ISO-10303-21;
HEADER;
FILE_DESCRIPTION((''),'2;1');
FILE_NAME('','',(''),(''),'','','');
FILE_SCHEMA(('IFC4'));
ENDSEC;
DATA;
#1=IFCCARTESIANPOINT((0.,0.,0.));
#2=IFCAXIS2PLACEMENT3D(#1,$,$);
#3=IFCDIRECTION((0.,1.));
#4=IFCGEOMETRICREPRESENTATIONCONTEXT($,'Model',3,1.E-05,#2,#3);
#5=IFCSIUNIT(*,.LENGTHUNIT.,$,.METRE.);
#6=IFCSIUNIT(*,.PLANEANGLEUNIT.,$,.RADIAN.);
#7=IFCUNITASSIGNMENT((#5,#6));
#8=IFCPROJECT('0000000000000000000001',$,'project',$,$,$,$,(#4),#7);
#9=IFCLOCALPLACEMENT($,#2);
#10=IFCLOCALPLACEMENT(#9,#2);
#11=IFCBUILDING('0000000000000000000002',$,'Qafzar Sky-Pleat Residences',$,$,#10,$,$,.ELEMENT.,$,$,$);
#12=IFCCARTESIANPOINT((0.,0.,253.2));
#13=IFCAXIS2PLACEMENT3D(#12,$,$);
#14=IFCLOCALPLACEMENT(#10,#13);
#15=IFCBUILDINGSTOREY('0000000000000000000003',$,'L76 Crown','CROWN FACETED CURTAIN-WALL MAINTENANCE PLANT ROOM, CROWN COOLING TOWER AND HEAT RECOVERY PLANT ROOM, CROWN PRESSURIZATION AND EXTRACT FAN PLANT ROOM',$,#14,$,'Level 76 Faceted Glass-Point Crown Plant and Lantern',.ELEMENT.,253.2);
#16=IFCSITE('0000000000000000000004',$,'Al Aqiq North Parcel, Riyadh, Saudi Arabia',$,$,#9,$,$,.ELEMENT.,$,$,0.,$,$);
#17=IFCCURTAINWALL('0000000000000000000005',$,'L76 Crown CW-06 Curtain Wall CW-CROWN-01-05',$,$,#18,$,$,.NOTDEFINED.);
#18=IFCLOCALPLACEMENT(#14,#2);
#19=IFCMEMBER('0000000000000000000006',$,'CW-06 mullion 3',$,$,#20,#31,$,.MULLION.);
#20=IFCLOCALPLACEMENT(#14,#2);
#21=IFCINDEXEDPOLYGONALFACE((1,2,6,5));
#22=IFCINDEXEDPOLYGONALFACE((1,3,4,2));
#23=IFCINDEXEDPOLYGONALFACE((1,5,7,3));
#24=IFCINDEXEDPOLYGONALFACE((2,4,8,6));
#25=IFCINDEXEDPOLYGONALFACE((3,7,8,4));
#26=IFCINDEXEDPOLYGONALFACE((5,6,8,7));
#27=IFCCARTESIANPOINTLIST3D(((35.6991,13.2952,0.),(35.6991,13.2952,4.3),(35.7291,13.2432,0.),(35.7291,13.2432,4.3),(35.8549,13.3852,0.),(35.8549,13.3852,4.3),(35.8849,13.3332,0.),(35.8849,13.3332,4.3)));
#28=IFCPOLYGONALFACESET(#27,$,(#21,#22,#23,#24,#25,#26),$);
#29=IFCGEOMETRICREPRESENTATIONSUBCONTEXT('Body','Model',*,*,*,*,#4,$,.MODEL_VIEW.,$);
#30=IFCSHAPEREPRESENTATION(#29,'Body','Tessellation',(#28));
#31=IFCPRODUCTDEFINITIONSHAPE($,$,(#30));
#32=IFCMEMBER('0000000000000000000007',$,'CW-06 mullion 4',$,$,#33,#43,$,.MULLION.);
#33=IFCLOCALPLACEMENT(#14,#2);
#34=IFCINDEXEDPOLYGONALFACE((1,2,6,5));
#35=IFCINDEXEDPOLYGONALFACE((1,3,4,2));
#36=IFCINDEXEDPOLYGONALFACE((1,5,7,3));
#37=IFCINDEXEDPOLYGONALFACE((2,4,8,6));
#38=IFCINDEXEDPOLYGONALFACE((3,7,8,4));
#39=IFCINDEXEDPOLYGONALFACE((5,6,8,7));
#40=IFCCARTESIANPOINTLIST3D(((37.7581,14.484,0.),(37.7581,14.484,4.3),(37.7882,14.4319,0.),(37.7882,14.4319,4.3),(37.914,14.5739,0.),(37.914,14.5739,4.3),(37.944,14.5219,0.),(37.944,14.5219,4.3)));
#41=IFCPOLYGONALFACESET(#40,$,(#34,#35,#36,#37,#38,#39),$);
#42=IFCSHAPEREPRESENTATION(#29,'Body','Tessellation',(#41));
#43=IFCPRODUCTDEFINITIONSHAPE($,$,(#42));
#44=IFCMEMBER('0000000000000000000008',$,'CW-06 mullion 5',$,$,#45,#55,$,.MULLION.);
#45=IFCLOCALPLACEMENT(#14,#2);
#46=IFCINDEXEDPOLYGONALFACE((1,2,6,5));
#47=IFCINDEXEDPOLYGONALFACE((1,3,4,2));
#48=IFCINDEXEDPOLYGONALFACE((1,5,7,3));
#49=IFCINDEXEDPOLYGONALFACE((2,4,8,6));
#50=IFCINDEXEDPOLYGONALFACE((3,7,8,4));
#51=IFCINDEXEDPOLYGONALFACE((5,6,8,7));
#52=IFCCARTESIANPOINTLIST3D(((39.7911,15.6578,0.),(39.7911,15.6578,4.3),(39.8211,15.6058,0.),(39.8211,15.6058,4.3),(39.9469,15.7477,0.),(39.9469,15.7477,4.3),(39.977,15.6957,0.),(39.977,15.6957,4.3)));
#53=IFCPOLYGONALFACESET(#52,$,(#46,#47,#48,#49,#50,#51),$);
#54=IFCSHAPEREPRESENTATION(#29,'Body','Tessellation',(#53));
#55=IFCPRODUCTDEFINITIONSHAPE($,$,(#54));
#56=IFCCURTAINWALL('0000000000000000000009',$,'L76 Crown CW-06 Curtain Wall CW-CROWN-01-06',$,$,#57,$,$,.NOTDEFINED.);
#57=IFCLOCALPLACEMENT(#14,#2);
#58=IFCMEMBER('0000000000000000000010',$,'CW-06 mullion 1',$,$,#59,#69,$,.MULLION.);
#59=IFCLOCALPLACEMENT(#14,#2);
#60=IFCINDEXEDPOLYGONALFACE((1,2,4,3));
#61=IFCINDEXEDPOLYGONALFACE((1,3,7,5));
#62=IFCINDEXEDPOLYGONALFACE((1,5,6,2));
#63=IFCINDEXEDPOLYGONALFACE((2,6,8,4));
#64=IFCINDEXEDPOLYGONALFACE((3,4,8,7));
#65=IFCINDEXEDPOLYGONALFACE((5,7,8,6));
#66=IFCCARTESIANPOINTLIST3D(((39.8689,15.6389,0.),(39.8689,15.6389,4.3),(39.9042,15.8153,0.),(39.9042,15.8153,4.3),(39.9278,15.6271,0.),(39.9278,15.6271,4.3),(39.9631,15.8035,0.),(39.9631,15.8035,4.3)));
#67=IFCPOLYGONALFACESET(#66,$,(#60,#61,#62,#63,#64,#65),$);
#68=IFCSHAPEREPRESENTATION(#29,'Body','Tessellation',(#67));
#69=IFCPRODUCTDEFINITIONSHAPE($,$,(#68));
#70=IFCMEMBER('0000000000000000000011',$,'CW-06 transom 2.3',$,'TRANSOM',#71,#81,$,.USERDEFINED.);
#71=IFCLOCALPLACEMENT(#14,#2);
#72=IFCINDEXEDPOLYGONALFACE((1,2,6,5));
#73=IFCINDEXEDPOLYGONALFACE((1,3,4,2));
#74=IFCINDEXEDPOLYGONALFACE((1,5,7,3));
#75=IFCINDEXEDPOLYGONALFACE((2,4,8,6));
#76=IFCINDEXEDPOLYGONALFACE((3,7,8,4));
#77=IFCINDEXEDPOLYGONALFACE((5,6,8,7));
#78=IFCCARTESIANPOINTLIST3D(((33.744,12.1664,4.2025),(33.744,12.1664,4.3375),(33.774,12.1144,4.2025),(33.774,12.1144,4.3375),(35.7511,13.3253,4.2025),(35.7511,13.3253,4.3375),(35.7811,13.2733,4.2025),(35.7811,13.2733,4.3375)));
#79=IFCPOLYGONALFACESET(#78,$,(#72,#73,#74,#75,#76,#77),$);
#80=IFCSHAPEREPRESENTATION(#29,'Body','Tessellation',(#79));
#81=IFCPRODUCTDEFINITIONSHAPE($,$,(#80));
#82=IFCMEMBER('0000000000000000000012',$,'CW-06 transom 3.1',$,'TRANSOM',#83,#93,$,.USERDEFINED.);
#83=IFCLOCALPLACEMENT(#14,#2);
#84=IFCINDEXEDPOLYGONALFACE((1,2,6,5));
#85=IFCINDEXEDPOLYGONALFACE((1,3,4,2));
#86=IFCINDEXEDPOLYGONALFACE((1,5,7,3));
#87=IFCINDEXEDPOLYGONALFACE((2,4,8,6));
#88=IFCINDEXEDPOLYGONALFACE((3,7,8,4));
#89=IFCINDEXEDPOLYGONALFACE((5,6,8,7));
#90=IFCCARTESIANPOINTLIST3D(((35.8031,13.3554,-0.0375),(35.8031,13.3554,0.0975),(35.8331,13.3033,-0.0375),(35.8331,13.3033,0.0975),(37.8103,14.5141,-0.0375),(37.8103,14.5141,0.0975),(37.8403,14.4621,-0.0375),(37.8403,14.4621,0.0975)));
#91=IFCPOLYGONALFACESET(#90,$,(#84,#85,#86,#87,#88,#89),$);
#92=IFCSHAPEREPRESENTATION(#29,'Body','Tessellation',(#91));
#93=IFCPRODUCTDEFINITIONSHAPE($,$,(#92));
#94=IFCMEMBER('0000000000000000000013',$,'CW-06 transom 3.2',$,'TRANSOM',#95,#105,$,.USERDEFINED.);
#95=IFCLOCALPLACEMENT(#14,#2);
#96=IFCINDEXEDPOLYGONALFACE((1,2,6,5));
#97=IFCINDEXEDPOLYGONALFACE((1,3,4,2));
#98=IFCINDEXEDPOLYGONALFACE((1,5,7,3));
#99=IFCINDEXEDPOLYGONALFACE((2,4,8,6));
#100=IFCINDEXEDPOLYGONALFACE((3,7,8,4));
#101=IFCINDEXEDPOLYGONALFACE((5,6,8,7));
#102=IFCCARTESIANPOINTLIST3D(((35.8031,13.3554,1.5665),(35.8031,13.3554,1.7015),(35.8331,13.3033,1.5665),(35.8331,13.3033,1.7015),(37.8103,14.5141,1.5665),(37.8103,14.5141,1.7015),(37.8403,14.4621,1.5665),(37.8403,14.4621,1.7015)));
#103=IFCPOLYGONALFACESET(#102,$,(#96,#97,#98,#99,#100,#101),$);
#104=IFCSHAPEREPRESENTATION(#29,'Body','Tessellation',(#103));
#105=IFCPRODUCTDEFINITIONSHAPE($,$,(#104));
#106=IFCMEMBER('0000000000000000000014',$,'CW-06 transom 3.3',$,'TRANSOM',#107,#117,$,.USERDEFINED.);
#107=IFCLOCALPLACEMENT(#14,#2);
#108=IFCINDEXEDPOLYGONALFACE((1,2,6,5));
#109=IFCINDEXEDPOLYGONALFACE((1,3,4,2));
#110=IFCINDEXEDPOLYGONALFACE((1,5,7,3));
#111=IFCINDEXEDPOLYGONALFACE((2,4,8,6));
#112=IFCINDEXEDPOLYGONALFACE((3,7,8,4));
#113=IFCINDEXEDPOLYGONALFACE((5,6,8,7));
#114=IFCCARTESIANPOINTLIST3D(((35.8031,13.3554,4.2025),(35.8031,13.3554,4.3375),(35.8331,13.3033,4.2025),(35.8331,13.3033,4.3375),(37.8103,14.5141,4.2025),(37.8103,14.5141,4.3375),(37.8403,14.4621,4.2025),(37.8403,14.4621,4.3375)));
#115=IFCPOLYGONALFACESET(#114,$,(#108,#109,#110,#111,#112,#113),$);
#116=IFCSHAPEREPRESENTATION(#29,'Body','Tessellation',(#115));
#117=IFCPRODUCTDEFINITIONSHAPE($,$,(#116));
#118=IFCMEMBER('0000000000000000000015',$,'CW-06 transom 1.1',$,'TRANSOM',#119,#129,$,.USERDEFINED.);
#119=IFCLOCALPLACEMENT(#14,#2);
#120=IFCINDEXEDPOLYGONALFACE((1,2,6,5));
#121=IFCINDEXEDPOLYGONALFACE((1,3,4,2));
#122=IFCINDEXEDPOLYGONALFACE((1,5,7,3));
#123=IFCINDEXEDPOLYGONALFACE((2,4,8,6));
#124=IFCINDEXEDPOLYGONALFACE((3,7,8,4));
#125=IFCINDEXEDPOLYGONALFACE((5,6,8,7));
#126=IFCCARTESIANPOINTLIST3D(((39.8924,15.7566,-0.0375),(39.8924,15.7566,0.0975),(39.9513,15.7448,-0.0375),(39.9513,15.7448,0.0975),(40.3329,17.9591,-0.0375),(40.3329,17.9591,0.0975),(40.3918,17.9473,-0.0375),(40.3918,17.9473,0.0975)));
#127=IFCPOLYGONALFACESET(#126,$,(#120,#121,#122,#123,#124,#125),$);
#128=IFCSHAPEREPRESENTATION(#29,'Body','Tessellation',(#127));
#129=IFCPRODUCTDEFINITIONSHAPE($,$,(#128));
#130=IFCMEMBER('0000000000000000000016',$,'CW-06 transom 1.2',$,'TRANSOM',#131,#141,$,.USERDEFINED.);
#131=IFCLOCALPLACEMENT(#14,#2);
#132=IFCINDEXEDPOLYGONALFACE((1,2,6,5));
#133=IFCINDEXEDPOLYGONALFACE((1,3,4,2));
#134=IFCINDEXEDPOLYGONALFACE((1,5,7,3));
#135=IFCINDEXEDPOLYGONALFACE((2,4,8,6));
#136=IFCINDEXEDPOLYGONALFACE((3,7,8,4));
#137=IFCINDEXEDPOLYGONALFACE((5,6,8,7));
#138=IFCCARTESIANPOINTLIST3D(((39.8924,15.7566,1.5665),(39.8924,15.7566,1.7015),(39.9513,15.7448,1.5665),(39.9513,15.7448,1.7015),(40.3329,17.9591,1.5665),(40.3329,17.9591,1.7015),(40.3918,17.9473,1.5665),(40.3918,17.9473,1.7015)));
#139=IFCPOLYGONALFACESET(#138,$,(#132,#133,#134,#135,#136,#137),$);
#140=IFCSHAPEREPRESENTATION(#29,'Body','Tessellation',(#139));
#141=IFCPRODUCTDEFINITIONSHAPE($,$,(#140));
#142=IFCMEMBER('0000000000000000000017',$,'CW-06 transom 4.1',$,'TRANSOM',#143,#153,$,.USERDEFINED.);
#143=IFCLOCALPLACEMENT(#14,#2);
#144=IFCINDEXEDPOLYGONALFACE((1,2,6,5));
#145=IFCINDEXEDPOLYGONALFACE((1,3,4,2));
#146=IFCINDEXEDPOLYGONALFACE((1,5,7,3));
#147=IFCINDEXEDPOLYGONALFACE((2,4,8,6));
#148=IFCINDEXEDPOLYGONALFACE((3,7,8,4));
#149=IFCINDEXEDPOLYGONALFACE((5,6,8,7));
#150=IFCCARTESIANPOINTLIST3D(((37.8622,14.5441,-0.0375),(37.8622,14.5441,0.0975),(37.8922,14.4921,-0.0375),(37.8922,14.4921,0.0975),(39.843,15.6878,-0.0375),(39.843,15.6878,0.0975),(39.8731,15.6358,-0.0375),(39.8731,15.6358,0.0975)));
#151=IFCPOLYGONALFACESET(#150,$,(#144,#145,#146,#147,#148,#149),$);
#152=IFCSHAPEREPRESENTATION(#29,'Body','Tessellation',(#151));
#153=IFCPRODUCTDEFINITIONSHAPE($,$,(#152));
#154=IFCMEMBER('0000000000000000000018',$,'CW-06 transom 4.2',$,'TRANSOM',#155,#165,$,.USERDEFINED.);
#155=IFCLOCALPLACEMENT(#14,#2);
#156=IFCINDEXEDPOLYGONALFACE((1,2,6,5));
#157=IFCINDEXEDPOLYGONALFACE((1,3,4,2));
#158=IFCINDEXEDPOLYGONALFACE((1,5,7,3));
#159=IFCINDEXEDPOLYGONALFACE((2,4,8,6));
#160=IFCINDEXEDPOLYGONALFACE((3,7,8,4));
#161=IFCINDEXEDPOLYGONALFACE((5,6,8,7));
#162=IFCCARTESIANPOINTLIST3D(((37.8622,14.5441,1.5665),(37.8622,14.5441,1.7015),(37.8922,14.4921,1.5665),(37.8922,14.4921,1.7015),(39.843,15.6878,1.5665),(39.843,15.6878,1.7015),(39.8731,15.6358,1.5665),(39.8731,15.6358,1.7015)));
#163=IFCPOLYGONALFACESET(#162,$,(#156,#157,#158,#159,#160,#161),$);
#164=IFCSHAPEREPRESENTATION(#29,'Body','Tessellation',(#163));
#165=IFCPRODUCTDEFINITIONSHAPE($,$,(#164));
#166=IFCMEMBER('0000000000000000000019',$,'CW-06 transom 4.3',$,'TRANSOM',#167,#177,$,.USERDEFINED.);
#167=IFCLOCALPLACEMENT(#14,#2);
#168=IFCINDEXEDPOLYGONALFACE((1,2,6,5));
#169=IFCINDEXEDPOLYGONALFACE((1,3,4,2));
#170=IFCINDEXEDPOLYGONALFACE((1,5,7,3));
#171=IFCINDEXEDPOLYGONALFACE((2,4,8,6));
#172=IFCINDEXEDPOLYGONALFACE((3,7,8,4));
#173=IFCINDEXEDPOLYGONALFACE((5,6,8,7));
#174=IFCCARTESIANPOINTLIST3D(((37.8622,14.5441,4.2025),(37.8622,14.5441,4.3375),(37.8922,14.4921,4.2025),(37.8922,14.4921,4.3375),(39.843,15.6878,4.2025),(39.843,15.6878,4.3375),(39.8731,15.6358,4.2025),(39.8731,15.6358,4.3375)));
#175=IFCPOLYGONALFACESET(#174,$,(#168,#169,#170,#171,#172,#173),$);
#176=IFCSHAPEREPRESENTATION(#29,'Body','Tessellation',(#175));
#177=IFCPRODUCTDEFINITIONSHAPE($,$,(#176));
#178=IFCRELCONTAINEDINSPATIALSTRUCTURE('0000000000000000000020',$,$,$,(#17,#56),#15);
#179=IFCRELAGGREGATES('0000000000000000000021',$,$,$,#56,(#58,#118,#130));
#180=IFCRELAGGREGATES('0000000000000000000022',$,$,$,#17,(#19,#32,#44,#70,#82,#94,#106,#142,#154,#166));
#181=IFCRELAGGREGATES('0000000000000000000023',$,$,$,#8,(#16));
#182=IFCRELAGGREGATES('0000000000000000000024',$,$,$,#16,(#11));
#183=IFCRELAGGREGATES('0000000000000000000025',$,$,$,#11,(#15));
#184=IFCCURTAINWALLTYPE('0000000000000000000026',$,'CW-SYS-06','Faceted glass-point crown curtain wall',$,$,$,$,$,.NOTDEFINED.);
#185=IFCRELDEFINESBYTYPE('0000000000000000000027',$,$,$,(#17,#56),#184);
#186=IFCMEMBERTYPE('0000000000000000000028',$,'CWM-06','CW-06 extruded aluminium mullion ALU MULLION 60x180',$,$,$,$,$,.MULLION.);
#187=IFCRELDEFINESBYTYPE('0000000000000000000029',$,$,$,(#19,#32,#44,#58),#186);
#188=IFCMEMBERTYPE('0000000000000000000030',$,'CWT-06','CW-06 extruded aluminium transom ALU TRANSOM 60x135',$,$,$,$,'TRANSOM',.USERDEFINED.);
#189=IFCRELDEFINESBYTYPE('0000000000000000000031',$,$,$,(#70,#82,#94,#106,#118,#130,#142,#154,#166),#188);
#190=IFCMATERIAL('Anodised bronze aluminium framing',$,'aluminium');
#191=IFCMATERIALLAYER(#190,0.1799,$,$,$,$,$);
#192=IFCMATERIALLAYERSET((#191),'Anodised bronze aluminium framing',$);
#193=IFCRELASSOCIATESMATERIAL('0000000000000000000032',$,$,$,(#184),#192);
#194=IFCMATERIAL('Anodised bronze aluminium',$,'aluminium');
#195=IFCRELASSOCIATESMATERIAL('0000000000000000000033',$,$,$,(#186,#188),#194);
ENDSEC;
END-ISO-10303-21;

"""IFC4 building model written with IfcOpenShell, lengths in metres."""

from ifc_helpers import new_model, si_unit, direction, frame, origin, origin_2d, place, context, subcontext, project, spatial, rectangle, extrude, source, transform, mapped, material, layer, layer_set, material_profile, profile_set, type_object, element, aggregate, save


model = new_model("IFC4")

# Units and contexts
model_context = context("Model", 3, precision=1e-05, world=origin(), true_north=direction((0.0, 1.0)))
body_context = subcontext(model_context, "Body", "Model", "MODEL_VIEW")
ifc_project = project(units=[si_unit("LENGTHUNIT", "METRE"), si_unit("PLANEANGLEUNIT", "RADIAN")], contexts=[model_context])

# Site, building, storey
site_placement = place(None, origin())
site = spatial("IfcSite", under=ifc_project, at=site_placement, Name="Al Aqiq North Parcel, Riyadh, Saudi Arabia", CompositionType="ELEMENT", RefElevation=0.0)
building_placement = place(site_placement, origin())
building = spatial("IfcBuilding", under=site, at=building_placement, Name="Qafzar Sky-Pleat Residences", CompositionType="ELEMENT")
storey_placement = place(building_placement, frame((0.0, 0.0, 253.2)))
storey = spatial("IfcBuildingStorey", under=building, at=storey_placement, Name="L76 Crown", Description="CROWN FACETED CURTAIN-WALL MAINTENANCE PLANT ROOM, CROWN COOLING TOWER AND HEAT RECOVERY PLANT ROOM, CROWN PRESSURIZATION AND EXTRACT FAN PLANT ROOM", LongName="Level 76 Faceted Glass-Point Crown Plant and Lantern", CompositionType="ELEMENT", Elevation=253.2)

# Curtain wall, members
ifc_material_1 = material(Name="Anodised bronze aluminium framing", Category="aluminium")
ifc_layer_1 = layer(ifc_material_1, 0.1799)
ifc_layer_set_1 = layer_set([ifc_layer_1], Name="Anodised bronze aluminium framing")
curtain_wall_type = type_object("IfcCurtainWallType", Name="CW-SYS-06", Description="Faceted glass-point crown curtain wall", PredefinedType="NOTDEFINED", material=ifc_layer_set_1)
curtain_wall_1_placement = place(storey_placement, origin())
curtain_wall_1 = element("IfcCurtainWall", 1, at=curtain_wall_1_placement, inside=storey, type_object=curtain_wall_type, Name="L76 Crown CW-06 Curtain Wall CW-CROWN-01-05", PredefinedType="NOTDEFINED")
ifc_material_2 = material(Name="Anodised bronze aluminium", Category="aluminium")
ifc_material_profile_1 = material_profile(ifc_material_2, rectangle(XDim=0.0601, YDim=0.1799, at=origin_2d()), Name="ALU MULLION 60x180")
ifc_profile_set_1 = profile_set([ifc_material_profile_1], Name="Anodised bronze aluminium")
member_type_1 = type_object("IfcMemberType", Name="CWM-06", Description="CW-06 extruded aluminium mullion ALU MULLION 60x180", PredefinedType="MULLION", material=ifc_profile_set_1)
shared_shape_1 = source(origin(), body_context, "Body", "SweptSolid", [
    extrude(rectangle(XDim=0.0601, YDim=0.1799, at=origin_2d()), origin(), (0.0, 0.0, 1.0), 4.3),
])
member_1_placement = place(storey_placement, frame((35.792, 13.3142, 0.0), z_axis=(0.0, 0.0, 1.0), x_axis=(-0.500003, 0.866023, 0.0)))
member_1 = element("IfcMember", 2, at=member_1_placement, type_object=member_type_1, Name="CW-06 mullion 3", PredefinedType="MULLION", context=body_context, shape_type="MappedRepresentation", body=[
    mapped(shared_shape_1, transform((0.0, 0.0, 0.0), x_axis=(1.0, 0.0, 0.0), y_axis=(0.0, 1.0, 0.0), z_axis=(0.0, 0.0, 1.0), scale=1.0)),
])
member_2_placement = place(storey_placement, frame((37.8511, 14.5029, 0.0), z_axis=(0.0, 0.0, 1.0), x_axis=(-0.500003, 0.866023, 0.0)))
member_2 = element("IfcMember", 3, at=member_2_placement, type_object=member_type_1, Name="CW-06 mullion 4", PredefinedType="MULLION", context=body_context, shape_type="MappedRepresentation", body=[
    mapped(shared_shape_1, transform((0.0, 0.0, 0.0), x_axis=(1.0, 0.0, 0.0), y_axis=(0.0, 1.0, 0.0), z_axis=(0.0, 0.0, 1.0), scale=1.0)),
])
member_3_placement = place(storey_placement, frame((39.884, 15.6768, 0.0), z_axis=(0.0, 0.0, 1.0), x_axis=(-0.500003, 0.866023, 0.0)))
member_3 = element("IfcMember", 4, at=member_3_placement, type_object=member_type_1, Name="CW-06 mullion 5", PredefinedType="MULLION", context=body_context, shape_type="MappedRepresentation", body=[
    mapped(shared_shape_1, transform((0.0, 0.0, 0.0), x_axis=(1.0, 0.0, 0.0), y_axis=(0.0, 1.0, 0.0), z_axis=(0.0, 0.0, 1.0), scale=1.0)),
])

# Curtain wall, member
curtain_wall_2_placement = place(storey_placement, origin())
curtain_wall_2 = element("IfcCurtainWall", 5, at=curtain_wall_2_placement, inside=storey, type_object=curtain_wall_type, Name="L76 Crown CW-06 Curtain Wall CW-CROWN-01-06", PredefinedType="NOTDEFINED")
member_4_placement = place(storey_placement, frame((39.916, 15.7212, 0.0), z_axis=(0.0, 0.0, 1.0), x_axis=(-0.980581, 0.196113, 0.0)))
member_4 = element("IfcMember", 6, at=member_4_placement, type_object=member_type_1, Name="CW-06 mullion 1", PredefinedType="MULLION", context=body_context, shape_type="MappedRepresentation", body=[
    mapped(shared_shape_1, transform((0.0, 0.0, 0.0), x_axis=(1.0, 0.0, 0.0), y_axis=(0.0, 1.0, 0.0), z_axis=(0.0, 0.0, 1.0), scale=1.0)),
])

# Members
ifc_material_profile_2 = material_profile(ifc_material_2, rectangle(XDim=0.0601, YDim=0.135, at=origin_2d()), Name="ALU TRANSOM 60x135")
ifc_profile_set_2 = profile_set([ifc_material_profile_2], Name="Anodised bronze aluminium")
member_type_2 = type_object("IfcMemberType", Name="CWT-06", Description="CW-06 extruded aluminium transom ALU TRANSOM 60x135", ElementType="TRANSOM", PredefinedType="USERDEFINED", material=ifc_profile_set_2)
shared_shape_2 = source(origin(), body_context, "Body", "SweptSolid", [
    extrude(rectangle(XDim=0.0601, YDim=0.135, at=origin_2d()), origin(), (0.0, 0.0, 1.0), 2.3176),
])
member_5_placement = place(storey_placement, frame((33.759, 12.1404, 4.27), z_axis=(0.865998, 0.500048, 0.0), x_axis=(-0.500048, 0.865998, 0.0)))
member_5 = element("IfcMember", 7, at=member_5_placement, type_object=member_type_2, Name="CW-06 transom 2.3", ObjectType="TRANSOM", PredefinedType="USERDEFINED", context=body_context, shape_type="MappedRepresentation", body=[
    mapped(shared_shape_2, transform((0.0, 0.0, 0.0), x_axis=(1.0, 0.0, 0.0), y_axis=(0.0, 1.0, 0.0), z_axis=(0.0, 0.0, 1.0), scale=1.0)),
])
member_6_placement = place(storey_placement, frame((35.8181, 13.3293, 0.03), z_axis=(0.866043, 0.499969, 0.0), x_axis=(-0.499969, 0.866043, 0.0)))
member_6 = element("IfcMember", 8, at=member_6_placement, type_object=member_type_2, Name="CW-06 transom 3.1", ObjectType="TRANSOM", PredefinedType="USERDEFINED", context=body_context, shape_type="MappedRepresentation", body=[
    mapped(shared_shape_2, transform((0.0, 0.0, 0.0), x_axis=(1.0, 0.0, 0.0), y_axis=(0.0, 1.0, 0.0), z_axis=(0.0, 0.0, 1.0), scale=1.0)),
])
member_7_placement = place(storey_placement, frame((35.8181, 13.3293, 1.634), z_axis=(0.866043, 0.499969, 0.0), x_axis=(-0.499969, 0.866043, 0.0)))
member_7 = element("IfcMember", 9, at=member_7_placement, type_object=member_type_2, Name="CW-06 transom 3.2", ObjectType="TRANSOM", PredefinedType="USERDEFINED", context=body_context, shape_type="MappedRepresentation", body=[
    mapped(shared_shape_2, transform((0.0, 0.0, 0.0), x_axis=(1.0, 0.0, 0.0), y_axis=(0.0, 1.0, 0.0), z_axis=(0.0, 0.0, 1.0), scale=1.0)),
])
member_8_placement = place(storey_placement, frame((35.8181, 13.3293, 4.27), z_axis=(0.866043, 0.499969, 0.0), x_axis=(-0.499969, 0.866043, 0.0)))
member_8 = element("IfcMember", 10, at=member_8_placement, type_object=member_type_2, Name="CW-06 transom 3.3", ObjectType="TRANSOM", PredefinedType="USERDEFINED", context=body_context, shape_type="MappedRepresentation", body=[
    mapped(shared_shape_2, transform((0.0, 0.0, 0.0), x_axis=(1.0, 0.0, 0.0), y_axis=(0.0, 1.0, 0.0), z_axis=(0.0, 0.0, 1.0), scale=1.0)),
])
shared_shape_3 = source(origin(), body_context, "Body", "SweptSolid", [
    extrude(rectangle(XDim=0.0601, YDim=0.135, at=origin_2d()), origin(), (0.0, 0.0, 1.0), 2.2461),
])
member_9_placement = place(storey_placement, frame((39.9219, 15.7507, 0.03), z_axis=(0.196095, 0.980585, 0.0), x_axis=(-0.980585, 0.196095, 0.0)))
member_9 = element("IfcMember", 11, at=member_9_placement, type_object=member_type_2, Name="CW-06 transom 1.1", ObjectType="TRANSOM", PredefinedType="USERDEFINED", context=body_context, shape_type="MappedRepresentation", body=[
    mapped(shared_shape_3, transform((0.0, 0.0, 0.0), x_axis=(1.0, 0.0, 0.0), y_axis=(0.0, 1.0, 0.0), z_axis=(0.0, 0.0, 1.0), scale=1.0)),
])
member_10_placement = place(storey_placement, frame((39.9219, 15.7507, 1.634), z_axis=(0.196095, 0.980585, 0.0), x_axis=(-0.980585, 0.196095, 0.0)))
member_10 = element("IfcMember", 12, at=member_10_placement, type_object=member_type_2, Name="CW-06 transom 1.2", ObjectType="TRANSOM", PredefinedType="USERDEFINED", context=body_context, shape_type="MappedRepresentation", body=[
    mapped(shared_shape_3, transform((0.0, 0.0, 0.0), x_axis=(1.0, 0.0, 0.0), y_axis=(0.0, 1.0, 0.0), z_axis=(0.0, 0.0, 1.0), scale=1.0)),
])
aggregate(curtain_wall_2, [member_4, member_9, member_10])
shared_shape_4 = source(origin(), body_context, "Body", "SweptSolid", [
    extrude(rectangle(XDim=0.0601, YDim=0.135, at=origin_2d()), origin(), (0.0, 0.0, 1.0), 2.2874),
])
member_11_placement = place(storey_placement, frame((37.8772, 14.5181, 0.03), z_axis=(0.866008, 0.50003, 0.0), x_axis=(-0.50003, 0.866008, 0.0)))
member_11 = element("IfcMember", 13, at=member_11_placement, type_object=member_type_2, Name="CW-06 transom 4.1", ObjectType="TRANSOM", PredefinedType="USERDEFINED", context=body_context, shape_type="MappedRepresentation", body=[
    mapped(shared_shape_4, transform((0.0, 0.0, 0.0), x_axis=(1.0, 0.0, 0.0), y_axis=(0.0, 1.0, 0.0), z_axis=(0.0, 0.0, 1.0), scale=1.0)),
])
member_12_placement = place(storey_placement, frame((37.8772, 14.5181, 1.634), z_axis=(0.866008, 0.50003, 0.0), x_axis=(-0.50003, 0.866008, 0.0)))
member_12 = element("IfcMember", 14, at=member_12_placement, type_object=member_type_2, Name="CW-06 transom 4.2", ObjectType="TRANSOM", PredefinedType="USERDEFINED", context=body_context, shape_type="MappedRepresentation", body=[
    mapped(shared_shape_4, transform((0.0, 0.0, 0.0), x_axis=(1.0, 0.0, 0.0), y_axis=(0.0, 1.0, 0.0), z_axis=(0.0, 0.0, 1.0), scale=1.0)),
])
member_13_placement = place(storey_placement, frame((37.8772, 14.5181, 4.27), z_axis=(0.866008, 0.50003, 0.0), x_axis=(-0.50003, 0.866008, 0.0)))
member_13 = element("IfcMember", 15, at=member_13_placement, type_object=member_type_2, Name="CW-06 transom 4.3", ObjectType="TRANSOM", PredefinedType="USERDEFINED", context=body_context, shape_type="MappedRepresentation", body=[
    mapped(shared_shape_4, transform((0.0, 0.0, 0.0), x_axis=(1.0, 0.0, 0.0), y_axis=(0.0, 1.0, 0.0), z_axis=(0.0, 0.0, 1.0), scale=1.0)),
])

aggregate(curtain_wall_1, [member_1, member_2, member_3, member_5, member_6, member_7, member_8, member_11, member_12, member_13])

save(model, "model.ifc")
